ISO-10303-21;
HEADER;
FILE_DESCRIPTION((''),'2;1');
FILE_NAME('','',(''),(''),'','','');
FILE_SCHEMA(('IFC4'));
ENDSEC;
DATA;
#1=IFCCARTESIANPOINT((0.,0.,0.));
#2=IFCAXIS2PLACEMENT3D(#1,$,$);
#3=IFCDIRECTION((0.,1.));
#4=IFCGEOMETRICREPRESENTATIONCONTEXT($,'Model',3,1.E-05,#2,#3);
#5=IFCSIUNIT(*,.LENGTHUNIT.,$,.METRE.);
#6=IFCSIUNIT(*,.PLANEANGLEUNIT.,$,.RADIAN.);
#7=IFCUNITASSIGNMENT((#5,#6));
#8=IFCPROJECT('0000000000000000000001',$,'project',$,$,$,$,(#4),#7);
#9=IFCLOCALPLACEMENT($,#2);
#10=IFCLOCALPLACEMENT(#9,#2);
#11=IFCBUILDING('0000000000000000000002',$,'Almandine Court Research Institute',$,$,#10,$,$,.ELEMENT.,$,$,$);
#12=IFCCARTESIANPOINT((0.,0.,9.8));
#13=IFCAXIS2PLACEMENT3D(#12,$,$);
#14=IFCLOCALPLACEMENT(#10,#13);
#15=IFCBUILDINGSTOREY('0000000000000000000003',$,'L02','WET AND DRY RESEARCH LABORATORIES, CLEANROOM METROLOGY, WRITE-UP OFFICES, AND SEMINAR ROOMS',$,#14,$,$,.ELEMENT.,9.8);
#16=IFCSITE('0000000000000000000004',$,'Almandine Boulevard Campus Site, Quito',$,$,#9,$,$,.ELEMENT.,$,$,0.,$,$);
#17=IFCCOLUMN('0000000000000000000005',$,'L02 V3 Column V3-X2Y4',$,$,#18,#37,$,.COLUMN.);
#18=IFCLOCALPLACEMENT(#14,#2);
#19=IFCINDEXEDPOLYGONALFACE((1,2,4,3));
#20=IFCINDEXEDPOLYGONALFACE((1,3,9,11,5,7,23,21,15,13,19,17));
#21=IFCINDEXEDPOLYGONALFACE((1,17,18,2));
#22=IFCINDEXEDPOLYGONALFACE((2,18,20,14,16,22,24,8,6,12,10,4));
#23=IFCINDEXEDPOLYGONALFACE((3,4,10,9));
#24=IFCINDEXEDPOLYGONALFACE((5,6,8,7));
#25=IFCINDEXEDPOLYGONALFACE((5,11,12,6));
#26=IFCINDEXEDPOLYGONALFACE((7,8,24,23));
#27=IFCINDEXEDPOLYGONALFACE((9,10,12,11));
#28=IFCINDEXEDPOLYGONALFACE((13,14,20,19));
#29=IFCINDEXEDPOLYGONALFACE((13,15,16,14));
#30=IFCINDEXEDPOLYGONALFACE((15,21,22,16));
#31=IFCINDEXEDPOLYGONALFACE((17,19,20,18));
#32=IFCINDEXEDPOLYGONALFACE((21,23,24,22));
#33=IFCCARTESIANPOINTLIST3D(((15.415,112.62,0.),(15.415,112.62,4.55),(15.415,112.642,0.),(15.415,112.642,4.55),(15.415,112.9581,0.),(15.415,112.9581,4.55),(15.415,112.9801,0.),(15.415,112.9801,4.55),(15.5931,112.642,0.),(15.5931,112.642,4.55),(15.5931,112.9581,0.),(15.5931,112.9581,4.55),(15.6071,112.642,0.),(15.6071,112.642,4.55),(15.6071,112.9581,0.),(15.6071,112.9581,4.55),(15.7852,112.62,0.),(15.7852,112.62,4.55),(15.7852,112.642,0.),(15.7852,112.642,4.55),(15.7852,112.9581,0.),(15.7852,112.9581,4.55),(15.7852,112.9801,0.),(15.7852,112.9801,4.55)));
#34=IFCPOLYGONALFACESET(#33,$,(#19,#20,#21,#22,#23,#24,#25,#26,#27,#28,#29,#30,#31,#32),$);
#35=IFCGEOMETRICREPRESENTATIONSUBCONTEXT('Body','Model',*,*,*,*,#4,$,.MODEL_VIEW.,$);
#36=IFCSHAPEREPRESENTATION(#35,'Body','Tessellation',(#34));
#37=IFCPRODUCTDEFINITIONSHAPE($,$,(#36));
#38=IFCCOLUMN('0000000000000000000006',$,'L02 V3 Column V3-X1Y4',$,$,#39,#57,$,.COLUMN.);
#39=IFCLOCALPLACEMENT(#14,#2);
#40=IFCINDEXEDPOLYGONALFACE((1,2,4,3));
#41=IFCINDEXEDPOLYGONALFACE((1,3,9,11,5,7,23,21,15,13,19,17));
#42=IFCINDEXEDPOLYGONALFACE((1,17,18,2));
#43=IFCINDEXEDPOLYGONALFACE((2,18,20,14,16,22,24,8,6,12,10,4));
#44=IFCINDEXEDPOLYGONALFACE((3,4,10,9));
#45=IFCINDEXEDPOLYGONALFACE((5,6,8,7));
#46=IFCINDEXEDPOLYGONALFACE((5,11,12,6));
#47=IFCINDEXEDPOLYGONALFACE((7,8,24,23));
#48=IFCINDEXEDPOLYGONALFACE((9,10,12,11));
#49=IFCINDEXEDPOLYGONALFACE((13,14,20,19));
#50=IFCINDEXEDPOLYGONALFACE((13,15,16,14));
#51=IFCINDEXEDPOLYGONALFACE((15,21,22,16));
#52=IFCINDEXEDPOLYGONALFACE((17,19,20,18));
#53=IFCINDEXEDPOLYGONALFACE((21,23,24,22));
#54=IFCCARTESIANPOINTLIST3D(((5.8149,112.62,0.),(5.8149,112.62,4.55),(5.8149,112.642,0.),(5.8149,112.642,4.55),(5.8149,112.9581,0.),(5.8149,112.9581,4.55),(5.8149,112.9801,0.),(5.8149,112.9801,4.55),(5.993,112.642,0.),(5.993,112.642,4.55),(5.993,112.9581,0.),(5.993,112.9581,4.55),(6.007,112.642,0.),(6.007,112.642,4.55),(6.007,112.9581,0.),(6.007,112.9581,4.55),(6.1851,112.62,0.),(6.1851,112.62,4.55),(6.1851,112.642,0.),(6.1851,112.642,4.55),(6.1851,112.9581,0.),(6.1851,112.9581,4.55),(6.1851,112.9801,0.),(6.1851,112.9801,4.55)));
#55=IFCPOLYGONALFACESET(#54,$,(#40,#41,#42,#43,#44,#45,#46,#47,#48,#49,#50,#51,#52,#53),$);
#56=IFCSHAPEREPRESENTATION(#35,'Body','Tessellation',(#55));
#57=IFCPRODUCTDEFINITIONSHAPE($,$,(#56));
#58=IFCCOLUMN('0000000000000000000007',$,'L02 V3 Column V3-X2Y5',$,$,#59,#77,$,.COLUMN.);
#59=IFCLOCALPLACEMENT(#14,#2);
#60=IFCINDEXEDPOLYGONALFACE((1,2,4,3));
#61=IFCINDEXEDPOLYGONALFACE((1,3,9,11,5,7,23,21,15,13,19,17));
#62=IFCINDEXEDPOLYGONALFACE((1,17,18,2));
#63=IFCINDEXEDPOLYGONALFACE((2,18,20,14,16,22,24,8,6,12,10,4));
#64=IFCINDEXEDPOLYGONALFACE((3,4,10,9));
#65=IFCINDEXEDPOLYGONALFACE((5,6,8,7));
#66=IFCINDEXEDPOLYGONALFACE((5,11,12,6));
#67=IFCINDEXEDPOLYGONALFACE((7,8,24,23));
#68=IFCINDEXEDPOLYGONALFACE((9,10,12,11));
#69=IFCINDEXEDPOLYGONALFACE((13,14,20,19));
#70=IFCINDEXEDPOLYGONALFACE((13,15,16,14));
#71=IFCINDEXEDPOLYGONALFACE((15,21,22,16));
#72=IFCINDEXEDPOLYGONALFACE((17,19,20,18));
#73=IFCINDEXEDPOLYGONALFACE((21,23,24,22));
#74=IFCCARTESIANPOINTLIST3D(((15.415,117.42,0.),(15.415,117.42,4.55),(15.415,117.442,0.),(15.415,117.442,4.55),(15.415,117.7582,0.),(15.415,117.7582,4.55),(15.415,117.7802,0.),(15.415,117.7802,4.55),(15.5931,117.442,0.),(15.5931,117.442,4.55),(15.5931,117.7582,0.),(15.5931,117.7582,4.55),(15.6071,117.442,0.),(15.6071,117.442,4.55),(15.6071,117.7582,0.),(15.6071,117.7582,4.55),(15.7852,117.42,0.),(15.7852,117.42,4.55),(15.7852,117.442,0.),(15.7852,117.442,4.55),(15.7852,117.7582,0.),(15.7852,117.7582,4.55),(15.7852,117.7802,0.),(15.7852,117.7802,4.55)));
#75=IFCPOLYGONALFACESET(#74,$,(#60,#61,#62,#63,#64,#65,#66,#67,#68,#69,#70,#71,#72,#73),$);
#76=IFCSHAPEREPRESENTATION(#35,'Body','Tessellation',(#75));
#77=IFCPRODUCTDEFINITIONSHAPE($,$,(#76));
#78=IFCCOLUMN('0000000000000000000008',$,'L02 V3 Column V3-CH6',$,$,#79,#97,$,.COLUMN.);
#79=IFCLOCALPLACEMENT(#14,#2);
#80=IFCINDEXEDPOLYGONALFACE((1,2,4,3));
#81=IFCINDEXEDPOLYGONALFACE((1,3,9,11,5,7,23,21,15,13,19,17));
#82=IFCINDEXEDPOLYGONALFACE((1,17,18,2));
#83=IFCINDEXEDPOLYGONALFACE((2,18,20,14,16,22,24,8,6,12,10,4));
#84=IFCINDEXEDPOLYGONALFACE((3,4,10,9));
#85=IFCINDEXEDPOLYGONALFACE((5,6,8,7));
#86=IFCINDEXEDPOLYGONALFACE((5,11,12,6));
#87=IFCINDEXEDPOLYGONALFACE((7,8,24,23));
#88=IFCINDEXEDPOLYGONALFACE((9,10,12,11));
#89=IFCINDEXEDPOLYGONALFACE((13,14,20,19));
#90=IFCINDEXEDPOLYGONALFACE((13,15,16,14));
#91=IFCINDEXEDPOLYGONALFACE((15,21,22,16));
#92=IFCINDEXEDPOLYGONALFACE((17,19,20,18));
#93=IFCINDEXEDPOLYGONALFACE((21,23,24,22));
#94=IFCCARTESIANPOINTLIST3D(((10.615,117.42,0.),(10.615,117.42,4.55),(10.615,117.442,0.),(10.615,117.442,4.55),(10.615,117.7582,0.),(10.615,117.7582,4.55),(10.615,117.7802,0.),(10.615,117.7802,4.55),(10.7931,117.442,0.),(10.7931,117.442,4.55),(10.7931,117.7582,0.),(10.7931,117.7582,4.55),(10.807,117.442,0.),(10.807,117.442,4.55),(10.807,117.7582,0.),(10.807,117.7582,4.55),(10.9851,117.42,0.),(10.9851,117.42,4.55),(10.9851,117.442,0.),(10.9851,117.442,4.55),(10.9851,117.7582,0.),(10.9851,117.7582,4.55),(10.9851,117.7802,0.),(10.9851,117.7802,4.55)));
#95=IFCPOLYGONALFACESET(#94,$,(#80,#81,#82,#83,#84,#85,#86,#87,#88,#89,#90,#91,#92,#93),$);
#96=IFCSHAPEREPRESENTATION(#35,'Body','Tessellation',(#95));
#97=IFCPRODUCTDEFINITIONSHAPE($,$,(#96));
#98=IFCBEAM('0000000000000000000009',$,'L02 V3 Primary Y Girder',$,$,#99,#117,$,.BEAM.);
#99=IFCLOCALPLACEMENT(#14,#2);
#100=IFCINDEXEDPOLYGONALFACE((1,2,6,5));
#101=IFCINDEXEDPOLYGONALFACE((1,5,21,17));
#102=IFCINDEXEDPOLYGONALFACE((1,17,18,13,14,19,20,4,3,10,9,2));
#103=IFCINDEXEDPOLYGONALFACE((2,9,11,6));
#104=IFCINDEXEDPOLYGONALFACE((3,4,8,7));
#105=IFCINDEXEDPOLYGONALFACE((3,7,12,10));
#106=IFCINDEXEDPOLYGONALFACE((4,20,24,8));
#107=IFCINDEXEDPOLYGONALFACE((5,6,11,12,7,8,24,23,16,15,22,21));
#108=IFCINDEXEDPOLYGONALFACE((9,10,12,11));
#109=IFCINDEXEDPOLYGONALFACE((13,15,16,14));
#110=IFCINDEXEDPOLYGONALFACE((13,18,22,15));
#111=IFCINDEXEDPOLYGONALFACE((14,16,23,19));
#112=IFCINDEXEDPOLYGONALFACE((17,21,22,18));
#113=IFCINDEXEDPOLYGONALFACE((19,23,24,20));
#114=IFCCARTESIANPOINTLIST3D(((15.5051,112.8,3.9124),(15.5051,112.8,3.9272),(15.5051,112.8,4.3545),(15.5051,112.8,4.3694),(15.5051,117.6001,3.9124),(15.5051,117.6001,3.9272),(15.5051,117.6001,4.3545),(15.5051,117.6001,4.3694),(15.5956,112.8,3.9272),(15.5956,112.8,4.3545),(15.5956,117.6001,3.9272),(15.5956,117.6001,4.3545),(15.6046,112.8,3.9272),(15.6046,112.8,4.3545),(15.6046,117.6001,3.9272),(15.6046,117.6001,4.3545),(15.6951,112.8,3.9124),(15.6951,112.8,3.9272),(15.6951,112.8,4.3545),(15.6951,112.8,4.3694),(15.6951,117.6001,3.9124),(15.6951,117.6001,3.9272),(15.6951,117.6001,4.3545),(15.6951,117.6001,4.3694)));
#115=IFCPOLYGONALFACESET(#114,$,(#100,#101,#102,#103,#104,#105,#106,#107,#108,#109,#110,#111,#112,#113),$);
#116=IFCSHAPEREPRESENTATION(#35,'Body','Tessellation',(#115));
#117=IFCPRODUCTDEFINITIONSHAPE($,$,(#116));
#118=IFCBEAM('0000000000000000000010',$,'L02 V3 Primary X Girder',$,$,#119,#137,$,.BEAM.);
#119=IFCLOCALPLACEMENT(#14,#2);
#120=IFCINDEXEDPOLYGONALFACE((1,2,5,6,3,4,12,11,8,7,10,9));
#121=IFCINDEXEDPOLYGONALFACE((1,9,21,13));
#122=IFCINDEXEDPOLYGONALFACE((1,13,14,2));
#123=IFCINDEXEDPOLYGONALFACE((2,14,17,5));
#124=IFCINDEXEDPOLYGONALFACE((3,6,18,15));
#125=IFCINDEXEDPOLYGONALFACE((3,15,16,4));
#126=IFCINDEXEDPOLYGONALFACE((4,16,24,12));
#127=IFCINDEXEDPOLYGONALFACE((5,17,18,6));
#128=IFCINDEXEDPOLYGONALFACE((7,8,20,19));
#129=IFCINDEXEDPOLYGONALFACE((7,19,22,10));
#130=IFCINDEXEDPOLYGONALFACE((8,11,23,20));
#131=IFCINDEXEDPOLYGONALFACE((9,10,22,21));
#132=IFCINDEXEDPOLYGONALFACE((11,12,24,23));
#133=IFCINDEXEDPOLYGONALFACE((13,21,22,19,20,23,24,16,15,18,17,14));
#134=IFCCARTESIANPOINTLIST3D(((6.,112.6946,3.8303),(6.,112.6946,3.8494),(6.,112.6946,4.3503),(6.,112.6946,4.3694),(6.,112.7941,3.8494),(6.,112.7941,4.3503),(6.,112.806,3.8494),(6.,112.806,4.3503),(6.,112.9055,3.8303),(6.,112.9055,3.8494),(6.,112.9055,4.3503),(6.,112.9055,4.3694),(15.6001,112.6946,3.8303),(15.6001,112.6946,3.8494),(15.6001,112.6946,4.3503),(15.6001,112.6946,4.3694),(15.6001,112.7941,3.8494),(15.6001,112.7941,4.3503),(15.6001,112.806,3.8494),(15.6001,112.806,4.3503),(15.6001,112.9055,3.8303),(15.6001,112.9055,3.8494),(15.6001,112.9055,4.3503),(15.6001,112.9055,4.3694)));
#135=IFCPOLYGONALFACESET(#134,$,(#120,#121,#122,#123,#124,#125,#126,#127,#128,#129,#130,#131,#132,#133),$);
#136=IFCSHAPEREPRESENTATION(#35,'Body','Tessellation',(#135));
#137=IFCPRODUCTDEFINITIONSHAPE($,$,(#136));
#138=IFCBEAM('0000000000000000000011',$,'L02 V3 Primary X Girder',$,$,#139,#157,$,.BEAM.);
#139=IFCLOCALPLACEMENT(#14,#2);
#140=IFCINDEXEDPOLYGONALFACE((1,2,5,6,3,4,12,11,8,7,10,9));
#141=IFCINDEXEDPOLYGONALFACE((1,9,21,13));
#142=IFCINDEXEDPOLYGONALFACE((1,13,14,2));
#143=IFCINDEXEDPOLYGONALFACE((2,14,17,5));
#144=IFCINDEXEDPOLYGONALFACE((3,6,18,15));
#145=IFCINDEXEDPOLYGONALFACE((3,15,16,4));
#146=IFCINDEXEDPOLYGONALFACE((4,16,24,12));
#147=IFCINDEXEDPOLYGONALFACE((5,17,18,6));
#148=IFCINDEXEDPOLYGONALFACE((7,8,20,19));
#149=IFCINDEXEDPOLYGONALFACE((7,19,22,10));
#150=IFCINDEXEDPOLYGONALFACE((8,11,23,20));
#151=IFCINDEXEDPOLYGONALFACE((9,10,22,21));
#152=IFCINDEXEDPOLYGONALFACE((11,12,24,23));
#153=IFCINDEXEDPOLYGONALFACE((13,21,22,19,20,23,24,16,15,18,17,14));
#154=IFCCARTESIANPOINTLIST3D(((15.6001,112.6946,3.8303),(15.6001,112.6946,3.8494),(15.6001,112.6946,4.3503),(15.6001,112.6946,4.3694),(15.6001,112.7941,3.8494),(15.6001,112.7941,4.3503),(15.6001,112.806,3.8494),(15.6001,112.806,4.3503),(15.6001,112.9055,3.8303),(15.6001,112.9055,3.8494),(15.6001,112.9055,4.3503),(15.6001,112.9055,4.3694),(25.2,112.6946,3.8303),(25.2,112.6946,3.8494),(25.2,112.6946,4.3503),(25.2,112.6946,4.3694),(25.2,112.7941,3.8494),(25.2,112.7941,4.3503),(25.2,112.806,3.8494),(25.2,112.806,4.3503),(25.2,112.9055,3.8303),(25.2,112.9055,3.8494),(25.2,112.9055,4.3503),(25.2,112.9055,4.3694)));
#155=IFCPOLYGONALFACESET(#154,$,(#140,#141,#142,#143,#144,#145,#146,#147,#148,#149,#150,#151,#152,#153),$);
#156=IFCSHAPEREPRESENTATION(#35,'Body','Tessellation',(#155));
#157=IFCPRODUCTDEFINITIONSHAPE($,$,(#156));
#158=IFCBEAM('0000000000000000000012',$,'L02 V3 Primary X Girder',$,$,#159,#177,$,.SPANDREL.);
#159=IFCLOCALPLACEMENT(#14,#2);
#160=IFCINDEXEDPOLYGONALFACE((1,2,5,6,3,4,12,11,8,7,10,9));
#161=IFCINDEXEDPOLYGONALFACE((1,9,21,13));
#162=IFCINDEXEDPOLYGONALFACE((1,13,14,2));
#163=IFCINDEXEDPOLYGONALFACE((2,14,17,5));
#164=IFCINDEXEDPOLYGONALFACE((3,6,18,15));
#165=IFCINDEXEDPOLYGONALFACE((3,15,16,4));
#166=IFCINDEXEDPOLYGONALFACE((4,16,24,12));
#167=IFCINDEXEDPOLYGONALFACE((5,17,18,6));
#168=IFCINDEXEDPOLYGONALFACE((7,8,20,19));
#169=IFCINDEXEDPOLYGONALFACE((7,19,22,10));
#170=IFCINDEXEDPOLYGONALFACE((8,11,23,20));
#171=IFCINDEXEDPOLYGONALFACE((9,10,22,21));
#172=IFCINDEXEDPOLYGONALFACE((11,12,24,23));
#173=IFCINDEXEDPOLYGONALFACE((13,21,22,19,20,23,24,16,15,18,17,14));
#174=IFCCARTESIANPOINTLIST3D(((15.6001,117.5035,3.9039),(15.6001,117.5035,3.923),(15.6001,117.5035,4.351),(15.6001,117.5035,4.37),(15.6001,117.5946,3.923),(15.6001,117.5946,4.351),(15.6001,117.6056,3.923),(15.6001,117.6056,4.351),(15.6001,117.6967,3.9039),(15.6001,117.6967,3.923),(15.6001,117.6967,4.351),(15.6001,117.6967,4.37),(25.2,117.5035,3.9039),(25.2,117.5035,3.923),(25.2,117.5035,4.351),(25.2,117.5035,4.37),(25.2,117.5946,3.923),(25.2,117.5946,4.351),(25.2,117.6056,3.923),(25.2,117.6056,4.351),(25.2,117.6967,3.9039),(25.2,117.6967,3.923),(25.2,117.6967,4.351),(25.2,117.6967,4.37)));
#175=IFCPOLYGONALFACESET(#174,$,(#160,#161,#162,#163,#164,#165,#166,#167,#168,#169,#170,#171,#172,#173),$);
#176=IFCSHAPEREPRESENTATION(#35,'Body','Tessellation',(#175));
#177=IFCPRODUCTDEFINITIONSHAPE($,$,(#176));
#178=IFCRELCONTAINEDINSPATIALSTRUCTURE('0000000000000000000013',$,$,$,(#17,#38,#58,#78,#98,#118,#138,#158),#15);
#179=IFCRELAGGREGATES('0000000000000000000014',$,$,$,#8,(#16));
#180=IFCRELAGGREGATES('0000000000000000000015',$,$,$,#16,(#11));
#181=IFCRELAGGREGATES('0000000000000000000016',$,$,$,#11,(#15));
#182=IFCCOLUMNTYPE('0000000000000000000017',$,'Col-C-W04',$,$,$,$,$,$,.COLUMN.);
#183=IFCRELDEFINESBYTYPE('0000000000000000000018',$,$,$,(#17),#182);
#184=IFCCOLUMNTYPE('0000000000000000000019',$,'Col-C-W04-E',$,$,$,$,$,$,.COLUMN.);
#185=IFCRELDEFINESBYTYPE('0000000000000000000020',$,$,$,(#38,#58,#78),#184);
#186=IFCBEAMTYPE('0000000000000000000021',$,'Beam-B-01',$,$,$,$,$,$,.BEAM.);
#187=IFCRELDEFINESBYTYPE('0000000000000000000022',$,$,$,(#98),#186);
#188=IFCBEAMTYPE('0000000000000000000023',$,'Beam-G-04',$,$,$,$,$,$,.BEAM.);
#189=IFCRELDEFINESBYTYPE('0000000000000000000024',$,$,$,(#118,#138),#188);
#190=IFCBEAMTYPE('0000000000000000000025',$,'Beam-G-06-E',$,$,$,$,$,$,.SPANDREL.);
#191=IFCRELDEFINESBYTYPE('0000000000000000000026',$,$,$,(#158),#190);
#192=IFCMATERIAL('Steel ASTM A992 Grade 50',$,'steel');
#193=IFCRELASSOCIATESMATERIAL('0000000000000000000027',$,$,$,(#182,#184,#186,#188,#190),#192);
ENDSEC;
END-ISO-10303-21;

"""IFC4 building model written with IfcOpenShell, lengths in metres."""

from ifc_helpers import new_model, si_unit, direction, frame, origin, origin_2d, place, context, subcontext, project, spatial, i_section, extrude, material, material_profile, profile_set, type_object, element, save


model = new_model("IFC4")

# Units and contexts
model_context = context("Model", 3, precision=1e-05, world=origin(), true_north=direction((0.0, 1.0)))
body_context = subcontext(model_context, "Body", "Model", "MODEL_VIEW")
ifc_project = project(units=[si_unit("LENGTHUNIT", "METRE"), si_unit("PLANEANGLEUNIT", "RADIAN")], contexts=[model_context])

# Site, building, storey
site_placement = place(None, origin())
site = spatial("IfcSite", under=ifc_project, at=site_placement, Name="Almandine Boulevard Campus Site, Quito", CompositionType="ELEMENT", RefElevation=0.0)
building_placement = place(site_placement, origin())
building = spatial("IfcBuilding", under=site, at=building_placement, Name="Almandine Court Research Institute", CompositionType="ELEMENT")
storey_placement = place(building_placement, frame((0.0, 0.0, 9.8)))
storey = spatial("IfcBuildingStorey", under=building, at=storey_placement, Name="L02", Description="WET AND DRY RESEARCH LABORATORIES, CLEANROOM METROLOGY, WRITE-UP OFFICES, AND SEMINAR ROOMS", CompositionType="ELEMENT", Elevation=9.8)

# Columns
ifc_material_1 = material(Name="Steel ASTM A992 Grade 50", Category="steel")
ifc_material_profile_1 = material_profile(ifc_material_1, i_section(OverallWidth=0.3701, OverallDepth=0.3601, WebThickness=0.0139, FlangeThickness=0.022, at=origin_2d()), Name="W360x147")
ifc_profile_set_1 = profile_set([ifc_material_profile_1], Name="Steel ASTM A992 Grade 50")
column_type_1 = type_object("IfcColumnType", Name="Col-C-W04", PredefinedType="COLUMN", material=ifc_profile_set_1)
column_placement = place(storey_placement, frame((15.6001, 112.8, 0.0), z_axis=(0.0, 0.0, 1.0), x_axis=(1.0, 0.0, 0.0)))
element("IfcColumn", 1, at=column_placement, inside=storey, type_object=column_type_1, Name="L02 V3 Column V3-X2Y4", PredefinedType="COLUMN", context=body_context, shape_type="SweptSolid", body=[
    extrude(i_section(OverallWidth=0.3701, OverallDepth=0.3601, WebThickness=0.0139, FlangeThickness=0.022, at=origin_2d()), origin(), (0.0, 0.0, 1.0), 4.55),
])
ifc_material_profile_2 = material_profile(ifc_material_1, i_section(OverallWidth=0.3701, OverallDepth=0.3601, WebThickness=0.0139, FlangeThickness=0.022, at=origin_2d()), Name="W360x147")
ifc_profile_set_2 = profile_set([ifc_material_profile_2], Name="Steel ASTM A992 Grade 50")
column_type_2 = type_object("IfcColumnType", Name="Col-C-W04-E", PredefinedType="COLUMN", material=ifc_profile_set_2)
for number, where, z_axis, x_axis, name in (
    (2, (6.0, 112.8, 0.0), (0.0, 0.0, 1.0), (1.0, 0.0, 0.0), "L02 V3 Column V3-X1Y4"),
    (3, (15.6001, 117.6001, 0.0), (0.0, 0.0, 1.0), (1.0, 0.0, 0.0), "L02 V3 Column V3-X2Y5"),
    (4, (10.8, 117.6001, 0.0), (0.0, 0.0, 1.0), (1.0, 0.0, 0.0), "L02 V3 Column V3-CH6"),
):
    element("IfcColumn", number, at=place(storey_placement, frame(where, z_axis=z_axis, x_axis=x_axis)), inside=storey, type_object=column_type_2, Name=name, PredefinedType="COLUMN", context=body_context, shape_type="SweptSolid", body=[
        extrude(i_section(OverallWidth=0.3701, OverallDepth=0.3601, WebThickness=0.0139, FlangeThickness=0.022, at=origin_2d()), origin(), (0.0, 0.0, 1.0), 4.55),
    ])

# Beams
ifc_material_profile_3 = material_profile(ifc_material_1, i_section(OverallWidth=0.1899, OverallDepth=0.457, WebThickness=0.009, FlangeThickness=0.0149, at=origin_2d()), Name="W460x74")
ifc_profile_set_3 = profile_set([ifc_material_profile_3], Name="Steel ASTM A992 Grade 50")
beam_type_1 = type_object("IfcBeamType", Name="Beam-B-01", PredefinedType="BEAM", material=ifc_profile_set_3)
beam_1_placement = place(storey_placement, frame((15.6001, 112.8, 4.1409), z_axis=(0.0, 1.0, 0.0), x_axis=(-1.0, 0.0, 0.0)))
element("IfcBeam", 5, at=beam_1_placement, inside=storey, type_object=beam_type_1, Name="L02 V3 Primary Y Girder", PredefinedType="BEAM", context=body_context, shape_type="SweptSolid", body=[
    extrude(i_section(OverallWidth=0.1899, OverallDepth=0.457, WebThickness=0.009, FlangeThickness=0.0149, at=origin_2d()), origin(), (0.0, 0.0, 1.0), 4.8),
])
ifc_material_profile_4 = material_profile(ifc_material_1, i_section(OverallWidth=0.2109, OverallDepth=0.5391, WebThickness=0.012, FlangeThickness=0.019, at=origin_2d()), Name="W530x109")
ifc_profile_set_4 = profile_set([ifc_material_profile_4], Name="Steel ASTM A992 Grade 50")
beam_type_2 = type_object("IfcBeamType", Name="Beam-G-04", PredefinedType="BEAM", material=ifc_profile_set_4)
beam_2_placement = place(storey_placement, frame((6.0, 112.8, 4.0999), z_axis=(1.0, 0.0, 0.0), x_axis=(0.0, 1.0, 0.0)))
element("IfcBeam", 6, at=beam_2_placement, inside=storey, type_object=beam_type_2, Name="L02 V3 Primary X Girder", PredefinedType="BEAM", context=body_context, shape_type="SweptSolid", body=[
    extrude(i_section(OverallWidth=0.2109, OverallDepth=0.5391, WebThickness=0.012, FlangeThickness=0.019, at=origin_2d()), origin(), (0.0, 0.0, 1.0), 9.6001),
])
beam_3_placement = place(storey_placement, frame((15.6001, 112.8, 4.0999), z_axis=(1.0, 0.0, 0.0), x_axis=(0.0, 1.0, 0.0)))
element("IfcBeam", 7, at=beam_3_placement, inside=storey, type_object=beam_type_2, Name="L02 V3 Primary X Girder", PredefinedType="BEAM", context=body_context, shape_type="SweptSolid", body=[
    extrude(i_section(OverallWidth=0.2109, OverallDepth=0.5391, WebThickness=0.012, FlangeThickness=0.019, at=origin_2d()), origin(), (0.0, 0.0, 1.0), 9.5999),
])
ifc_material_profile_5 = material_profile(ifc_material_1, i_section(OverallWidth=0.1931, OverallDepth=0.4661, WebThickness=0.011, FlangeThickness=0.019, at=origin_2d()), Name="W460x97")
ifc_profile_set_5 = profile_set([ifc_material_profile_5], Name="Steel ASTM A992 Grade 50")
beam_type_3 = type_object("IfcBeamType", Name="Beam-G-06-E", PredefinedType="SPANDREL", material=ifc_profile_set_5)
beam_4_placement = place(storey_placement, frame((15.6001, 117.6001, 4.137), z_axis=(1.0, 0.0, 0.0), x_axis=(0.0, 1.0, 0.0)))
element("IfcBeam", 8, at=beam_4_placement, inside=storey, type_object=beam_type_3, Name="L02 V3 Primary X Girder", PredefinedType="SPANDREL", context=body_context, shape_type="SweptSolid", body=[
    extrude(i_section(OverallWidth=0.1931, OverallDepth=0.4661, WebThickness=0.011, FlangeThickness=0.019, at=origin_2d()), origin(), (0.0, 0.0, 1.0), 9.5999),
])

save(model, "model.ifc")
